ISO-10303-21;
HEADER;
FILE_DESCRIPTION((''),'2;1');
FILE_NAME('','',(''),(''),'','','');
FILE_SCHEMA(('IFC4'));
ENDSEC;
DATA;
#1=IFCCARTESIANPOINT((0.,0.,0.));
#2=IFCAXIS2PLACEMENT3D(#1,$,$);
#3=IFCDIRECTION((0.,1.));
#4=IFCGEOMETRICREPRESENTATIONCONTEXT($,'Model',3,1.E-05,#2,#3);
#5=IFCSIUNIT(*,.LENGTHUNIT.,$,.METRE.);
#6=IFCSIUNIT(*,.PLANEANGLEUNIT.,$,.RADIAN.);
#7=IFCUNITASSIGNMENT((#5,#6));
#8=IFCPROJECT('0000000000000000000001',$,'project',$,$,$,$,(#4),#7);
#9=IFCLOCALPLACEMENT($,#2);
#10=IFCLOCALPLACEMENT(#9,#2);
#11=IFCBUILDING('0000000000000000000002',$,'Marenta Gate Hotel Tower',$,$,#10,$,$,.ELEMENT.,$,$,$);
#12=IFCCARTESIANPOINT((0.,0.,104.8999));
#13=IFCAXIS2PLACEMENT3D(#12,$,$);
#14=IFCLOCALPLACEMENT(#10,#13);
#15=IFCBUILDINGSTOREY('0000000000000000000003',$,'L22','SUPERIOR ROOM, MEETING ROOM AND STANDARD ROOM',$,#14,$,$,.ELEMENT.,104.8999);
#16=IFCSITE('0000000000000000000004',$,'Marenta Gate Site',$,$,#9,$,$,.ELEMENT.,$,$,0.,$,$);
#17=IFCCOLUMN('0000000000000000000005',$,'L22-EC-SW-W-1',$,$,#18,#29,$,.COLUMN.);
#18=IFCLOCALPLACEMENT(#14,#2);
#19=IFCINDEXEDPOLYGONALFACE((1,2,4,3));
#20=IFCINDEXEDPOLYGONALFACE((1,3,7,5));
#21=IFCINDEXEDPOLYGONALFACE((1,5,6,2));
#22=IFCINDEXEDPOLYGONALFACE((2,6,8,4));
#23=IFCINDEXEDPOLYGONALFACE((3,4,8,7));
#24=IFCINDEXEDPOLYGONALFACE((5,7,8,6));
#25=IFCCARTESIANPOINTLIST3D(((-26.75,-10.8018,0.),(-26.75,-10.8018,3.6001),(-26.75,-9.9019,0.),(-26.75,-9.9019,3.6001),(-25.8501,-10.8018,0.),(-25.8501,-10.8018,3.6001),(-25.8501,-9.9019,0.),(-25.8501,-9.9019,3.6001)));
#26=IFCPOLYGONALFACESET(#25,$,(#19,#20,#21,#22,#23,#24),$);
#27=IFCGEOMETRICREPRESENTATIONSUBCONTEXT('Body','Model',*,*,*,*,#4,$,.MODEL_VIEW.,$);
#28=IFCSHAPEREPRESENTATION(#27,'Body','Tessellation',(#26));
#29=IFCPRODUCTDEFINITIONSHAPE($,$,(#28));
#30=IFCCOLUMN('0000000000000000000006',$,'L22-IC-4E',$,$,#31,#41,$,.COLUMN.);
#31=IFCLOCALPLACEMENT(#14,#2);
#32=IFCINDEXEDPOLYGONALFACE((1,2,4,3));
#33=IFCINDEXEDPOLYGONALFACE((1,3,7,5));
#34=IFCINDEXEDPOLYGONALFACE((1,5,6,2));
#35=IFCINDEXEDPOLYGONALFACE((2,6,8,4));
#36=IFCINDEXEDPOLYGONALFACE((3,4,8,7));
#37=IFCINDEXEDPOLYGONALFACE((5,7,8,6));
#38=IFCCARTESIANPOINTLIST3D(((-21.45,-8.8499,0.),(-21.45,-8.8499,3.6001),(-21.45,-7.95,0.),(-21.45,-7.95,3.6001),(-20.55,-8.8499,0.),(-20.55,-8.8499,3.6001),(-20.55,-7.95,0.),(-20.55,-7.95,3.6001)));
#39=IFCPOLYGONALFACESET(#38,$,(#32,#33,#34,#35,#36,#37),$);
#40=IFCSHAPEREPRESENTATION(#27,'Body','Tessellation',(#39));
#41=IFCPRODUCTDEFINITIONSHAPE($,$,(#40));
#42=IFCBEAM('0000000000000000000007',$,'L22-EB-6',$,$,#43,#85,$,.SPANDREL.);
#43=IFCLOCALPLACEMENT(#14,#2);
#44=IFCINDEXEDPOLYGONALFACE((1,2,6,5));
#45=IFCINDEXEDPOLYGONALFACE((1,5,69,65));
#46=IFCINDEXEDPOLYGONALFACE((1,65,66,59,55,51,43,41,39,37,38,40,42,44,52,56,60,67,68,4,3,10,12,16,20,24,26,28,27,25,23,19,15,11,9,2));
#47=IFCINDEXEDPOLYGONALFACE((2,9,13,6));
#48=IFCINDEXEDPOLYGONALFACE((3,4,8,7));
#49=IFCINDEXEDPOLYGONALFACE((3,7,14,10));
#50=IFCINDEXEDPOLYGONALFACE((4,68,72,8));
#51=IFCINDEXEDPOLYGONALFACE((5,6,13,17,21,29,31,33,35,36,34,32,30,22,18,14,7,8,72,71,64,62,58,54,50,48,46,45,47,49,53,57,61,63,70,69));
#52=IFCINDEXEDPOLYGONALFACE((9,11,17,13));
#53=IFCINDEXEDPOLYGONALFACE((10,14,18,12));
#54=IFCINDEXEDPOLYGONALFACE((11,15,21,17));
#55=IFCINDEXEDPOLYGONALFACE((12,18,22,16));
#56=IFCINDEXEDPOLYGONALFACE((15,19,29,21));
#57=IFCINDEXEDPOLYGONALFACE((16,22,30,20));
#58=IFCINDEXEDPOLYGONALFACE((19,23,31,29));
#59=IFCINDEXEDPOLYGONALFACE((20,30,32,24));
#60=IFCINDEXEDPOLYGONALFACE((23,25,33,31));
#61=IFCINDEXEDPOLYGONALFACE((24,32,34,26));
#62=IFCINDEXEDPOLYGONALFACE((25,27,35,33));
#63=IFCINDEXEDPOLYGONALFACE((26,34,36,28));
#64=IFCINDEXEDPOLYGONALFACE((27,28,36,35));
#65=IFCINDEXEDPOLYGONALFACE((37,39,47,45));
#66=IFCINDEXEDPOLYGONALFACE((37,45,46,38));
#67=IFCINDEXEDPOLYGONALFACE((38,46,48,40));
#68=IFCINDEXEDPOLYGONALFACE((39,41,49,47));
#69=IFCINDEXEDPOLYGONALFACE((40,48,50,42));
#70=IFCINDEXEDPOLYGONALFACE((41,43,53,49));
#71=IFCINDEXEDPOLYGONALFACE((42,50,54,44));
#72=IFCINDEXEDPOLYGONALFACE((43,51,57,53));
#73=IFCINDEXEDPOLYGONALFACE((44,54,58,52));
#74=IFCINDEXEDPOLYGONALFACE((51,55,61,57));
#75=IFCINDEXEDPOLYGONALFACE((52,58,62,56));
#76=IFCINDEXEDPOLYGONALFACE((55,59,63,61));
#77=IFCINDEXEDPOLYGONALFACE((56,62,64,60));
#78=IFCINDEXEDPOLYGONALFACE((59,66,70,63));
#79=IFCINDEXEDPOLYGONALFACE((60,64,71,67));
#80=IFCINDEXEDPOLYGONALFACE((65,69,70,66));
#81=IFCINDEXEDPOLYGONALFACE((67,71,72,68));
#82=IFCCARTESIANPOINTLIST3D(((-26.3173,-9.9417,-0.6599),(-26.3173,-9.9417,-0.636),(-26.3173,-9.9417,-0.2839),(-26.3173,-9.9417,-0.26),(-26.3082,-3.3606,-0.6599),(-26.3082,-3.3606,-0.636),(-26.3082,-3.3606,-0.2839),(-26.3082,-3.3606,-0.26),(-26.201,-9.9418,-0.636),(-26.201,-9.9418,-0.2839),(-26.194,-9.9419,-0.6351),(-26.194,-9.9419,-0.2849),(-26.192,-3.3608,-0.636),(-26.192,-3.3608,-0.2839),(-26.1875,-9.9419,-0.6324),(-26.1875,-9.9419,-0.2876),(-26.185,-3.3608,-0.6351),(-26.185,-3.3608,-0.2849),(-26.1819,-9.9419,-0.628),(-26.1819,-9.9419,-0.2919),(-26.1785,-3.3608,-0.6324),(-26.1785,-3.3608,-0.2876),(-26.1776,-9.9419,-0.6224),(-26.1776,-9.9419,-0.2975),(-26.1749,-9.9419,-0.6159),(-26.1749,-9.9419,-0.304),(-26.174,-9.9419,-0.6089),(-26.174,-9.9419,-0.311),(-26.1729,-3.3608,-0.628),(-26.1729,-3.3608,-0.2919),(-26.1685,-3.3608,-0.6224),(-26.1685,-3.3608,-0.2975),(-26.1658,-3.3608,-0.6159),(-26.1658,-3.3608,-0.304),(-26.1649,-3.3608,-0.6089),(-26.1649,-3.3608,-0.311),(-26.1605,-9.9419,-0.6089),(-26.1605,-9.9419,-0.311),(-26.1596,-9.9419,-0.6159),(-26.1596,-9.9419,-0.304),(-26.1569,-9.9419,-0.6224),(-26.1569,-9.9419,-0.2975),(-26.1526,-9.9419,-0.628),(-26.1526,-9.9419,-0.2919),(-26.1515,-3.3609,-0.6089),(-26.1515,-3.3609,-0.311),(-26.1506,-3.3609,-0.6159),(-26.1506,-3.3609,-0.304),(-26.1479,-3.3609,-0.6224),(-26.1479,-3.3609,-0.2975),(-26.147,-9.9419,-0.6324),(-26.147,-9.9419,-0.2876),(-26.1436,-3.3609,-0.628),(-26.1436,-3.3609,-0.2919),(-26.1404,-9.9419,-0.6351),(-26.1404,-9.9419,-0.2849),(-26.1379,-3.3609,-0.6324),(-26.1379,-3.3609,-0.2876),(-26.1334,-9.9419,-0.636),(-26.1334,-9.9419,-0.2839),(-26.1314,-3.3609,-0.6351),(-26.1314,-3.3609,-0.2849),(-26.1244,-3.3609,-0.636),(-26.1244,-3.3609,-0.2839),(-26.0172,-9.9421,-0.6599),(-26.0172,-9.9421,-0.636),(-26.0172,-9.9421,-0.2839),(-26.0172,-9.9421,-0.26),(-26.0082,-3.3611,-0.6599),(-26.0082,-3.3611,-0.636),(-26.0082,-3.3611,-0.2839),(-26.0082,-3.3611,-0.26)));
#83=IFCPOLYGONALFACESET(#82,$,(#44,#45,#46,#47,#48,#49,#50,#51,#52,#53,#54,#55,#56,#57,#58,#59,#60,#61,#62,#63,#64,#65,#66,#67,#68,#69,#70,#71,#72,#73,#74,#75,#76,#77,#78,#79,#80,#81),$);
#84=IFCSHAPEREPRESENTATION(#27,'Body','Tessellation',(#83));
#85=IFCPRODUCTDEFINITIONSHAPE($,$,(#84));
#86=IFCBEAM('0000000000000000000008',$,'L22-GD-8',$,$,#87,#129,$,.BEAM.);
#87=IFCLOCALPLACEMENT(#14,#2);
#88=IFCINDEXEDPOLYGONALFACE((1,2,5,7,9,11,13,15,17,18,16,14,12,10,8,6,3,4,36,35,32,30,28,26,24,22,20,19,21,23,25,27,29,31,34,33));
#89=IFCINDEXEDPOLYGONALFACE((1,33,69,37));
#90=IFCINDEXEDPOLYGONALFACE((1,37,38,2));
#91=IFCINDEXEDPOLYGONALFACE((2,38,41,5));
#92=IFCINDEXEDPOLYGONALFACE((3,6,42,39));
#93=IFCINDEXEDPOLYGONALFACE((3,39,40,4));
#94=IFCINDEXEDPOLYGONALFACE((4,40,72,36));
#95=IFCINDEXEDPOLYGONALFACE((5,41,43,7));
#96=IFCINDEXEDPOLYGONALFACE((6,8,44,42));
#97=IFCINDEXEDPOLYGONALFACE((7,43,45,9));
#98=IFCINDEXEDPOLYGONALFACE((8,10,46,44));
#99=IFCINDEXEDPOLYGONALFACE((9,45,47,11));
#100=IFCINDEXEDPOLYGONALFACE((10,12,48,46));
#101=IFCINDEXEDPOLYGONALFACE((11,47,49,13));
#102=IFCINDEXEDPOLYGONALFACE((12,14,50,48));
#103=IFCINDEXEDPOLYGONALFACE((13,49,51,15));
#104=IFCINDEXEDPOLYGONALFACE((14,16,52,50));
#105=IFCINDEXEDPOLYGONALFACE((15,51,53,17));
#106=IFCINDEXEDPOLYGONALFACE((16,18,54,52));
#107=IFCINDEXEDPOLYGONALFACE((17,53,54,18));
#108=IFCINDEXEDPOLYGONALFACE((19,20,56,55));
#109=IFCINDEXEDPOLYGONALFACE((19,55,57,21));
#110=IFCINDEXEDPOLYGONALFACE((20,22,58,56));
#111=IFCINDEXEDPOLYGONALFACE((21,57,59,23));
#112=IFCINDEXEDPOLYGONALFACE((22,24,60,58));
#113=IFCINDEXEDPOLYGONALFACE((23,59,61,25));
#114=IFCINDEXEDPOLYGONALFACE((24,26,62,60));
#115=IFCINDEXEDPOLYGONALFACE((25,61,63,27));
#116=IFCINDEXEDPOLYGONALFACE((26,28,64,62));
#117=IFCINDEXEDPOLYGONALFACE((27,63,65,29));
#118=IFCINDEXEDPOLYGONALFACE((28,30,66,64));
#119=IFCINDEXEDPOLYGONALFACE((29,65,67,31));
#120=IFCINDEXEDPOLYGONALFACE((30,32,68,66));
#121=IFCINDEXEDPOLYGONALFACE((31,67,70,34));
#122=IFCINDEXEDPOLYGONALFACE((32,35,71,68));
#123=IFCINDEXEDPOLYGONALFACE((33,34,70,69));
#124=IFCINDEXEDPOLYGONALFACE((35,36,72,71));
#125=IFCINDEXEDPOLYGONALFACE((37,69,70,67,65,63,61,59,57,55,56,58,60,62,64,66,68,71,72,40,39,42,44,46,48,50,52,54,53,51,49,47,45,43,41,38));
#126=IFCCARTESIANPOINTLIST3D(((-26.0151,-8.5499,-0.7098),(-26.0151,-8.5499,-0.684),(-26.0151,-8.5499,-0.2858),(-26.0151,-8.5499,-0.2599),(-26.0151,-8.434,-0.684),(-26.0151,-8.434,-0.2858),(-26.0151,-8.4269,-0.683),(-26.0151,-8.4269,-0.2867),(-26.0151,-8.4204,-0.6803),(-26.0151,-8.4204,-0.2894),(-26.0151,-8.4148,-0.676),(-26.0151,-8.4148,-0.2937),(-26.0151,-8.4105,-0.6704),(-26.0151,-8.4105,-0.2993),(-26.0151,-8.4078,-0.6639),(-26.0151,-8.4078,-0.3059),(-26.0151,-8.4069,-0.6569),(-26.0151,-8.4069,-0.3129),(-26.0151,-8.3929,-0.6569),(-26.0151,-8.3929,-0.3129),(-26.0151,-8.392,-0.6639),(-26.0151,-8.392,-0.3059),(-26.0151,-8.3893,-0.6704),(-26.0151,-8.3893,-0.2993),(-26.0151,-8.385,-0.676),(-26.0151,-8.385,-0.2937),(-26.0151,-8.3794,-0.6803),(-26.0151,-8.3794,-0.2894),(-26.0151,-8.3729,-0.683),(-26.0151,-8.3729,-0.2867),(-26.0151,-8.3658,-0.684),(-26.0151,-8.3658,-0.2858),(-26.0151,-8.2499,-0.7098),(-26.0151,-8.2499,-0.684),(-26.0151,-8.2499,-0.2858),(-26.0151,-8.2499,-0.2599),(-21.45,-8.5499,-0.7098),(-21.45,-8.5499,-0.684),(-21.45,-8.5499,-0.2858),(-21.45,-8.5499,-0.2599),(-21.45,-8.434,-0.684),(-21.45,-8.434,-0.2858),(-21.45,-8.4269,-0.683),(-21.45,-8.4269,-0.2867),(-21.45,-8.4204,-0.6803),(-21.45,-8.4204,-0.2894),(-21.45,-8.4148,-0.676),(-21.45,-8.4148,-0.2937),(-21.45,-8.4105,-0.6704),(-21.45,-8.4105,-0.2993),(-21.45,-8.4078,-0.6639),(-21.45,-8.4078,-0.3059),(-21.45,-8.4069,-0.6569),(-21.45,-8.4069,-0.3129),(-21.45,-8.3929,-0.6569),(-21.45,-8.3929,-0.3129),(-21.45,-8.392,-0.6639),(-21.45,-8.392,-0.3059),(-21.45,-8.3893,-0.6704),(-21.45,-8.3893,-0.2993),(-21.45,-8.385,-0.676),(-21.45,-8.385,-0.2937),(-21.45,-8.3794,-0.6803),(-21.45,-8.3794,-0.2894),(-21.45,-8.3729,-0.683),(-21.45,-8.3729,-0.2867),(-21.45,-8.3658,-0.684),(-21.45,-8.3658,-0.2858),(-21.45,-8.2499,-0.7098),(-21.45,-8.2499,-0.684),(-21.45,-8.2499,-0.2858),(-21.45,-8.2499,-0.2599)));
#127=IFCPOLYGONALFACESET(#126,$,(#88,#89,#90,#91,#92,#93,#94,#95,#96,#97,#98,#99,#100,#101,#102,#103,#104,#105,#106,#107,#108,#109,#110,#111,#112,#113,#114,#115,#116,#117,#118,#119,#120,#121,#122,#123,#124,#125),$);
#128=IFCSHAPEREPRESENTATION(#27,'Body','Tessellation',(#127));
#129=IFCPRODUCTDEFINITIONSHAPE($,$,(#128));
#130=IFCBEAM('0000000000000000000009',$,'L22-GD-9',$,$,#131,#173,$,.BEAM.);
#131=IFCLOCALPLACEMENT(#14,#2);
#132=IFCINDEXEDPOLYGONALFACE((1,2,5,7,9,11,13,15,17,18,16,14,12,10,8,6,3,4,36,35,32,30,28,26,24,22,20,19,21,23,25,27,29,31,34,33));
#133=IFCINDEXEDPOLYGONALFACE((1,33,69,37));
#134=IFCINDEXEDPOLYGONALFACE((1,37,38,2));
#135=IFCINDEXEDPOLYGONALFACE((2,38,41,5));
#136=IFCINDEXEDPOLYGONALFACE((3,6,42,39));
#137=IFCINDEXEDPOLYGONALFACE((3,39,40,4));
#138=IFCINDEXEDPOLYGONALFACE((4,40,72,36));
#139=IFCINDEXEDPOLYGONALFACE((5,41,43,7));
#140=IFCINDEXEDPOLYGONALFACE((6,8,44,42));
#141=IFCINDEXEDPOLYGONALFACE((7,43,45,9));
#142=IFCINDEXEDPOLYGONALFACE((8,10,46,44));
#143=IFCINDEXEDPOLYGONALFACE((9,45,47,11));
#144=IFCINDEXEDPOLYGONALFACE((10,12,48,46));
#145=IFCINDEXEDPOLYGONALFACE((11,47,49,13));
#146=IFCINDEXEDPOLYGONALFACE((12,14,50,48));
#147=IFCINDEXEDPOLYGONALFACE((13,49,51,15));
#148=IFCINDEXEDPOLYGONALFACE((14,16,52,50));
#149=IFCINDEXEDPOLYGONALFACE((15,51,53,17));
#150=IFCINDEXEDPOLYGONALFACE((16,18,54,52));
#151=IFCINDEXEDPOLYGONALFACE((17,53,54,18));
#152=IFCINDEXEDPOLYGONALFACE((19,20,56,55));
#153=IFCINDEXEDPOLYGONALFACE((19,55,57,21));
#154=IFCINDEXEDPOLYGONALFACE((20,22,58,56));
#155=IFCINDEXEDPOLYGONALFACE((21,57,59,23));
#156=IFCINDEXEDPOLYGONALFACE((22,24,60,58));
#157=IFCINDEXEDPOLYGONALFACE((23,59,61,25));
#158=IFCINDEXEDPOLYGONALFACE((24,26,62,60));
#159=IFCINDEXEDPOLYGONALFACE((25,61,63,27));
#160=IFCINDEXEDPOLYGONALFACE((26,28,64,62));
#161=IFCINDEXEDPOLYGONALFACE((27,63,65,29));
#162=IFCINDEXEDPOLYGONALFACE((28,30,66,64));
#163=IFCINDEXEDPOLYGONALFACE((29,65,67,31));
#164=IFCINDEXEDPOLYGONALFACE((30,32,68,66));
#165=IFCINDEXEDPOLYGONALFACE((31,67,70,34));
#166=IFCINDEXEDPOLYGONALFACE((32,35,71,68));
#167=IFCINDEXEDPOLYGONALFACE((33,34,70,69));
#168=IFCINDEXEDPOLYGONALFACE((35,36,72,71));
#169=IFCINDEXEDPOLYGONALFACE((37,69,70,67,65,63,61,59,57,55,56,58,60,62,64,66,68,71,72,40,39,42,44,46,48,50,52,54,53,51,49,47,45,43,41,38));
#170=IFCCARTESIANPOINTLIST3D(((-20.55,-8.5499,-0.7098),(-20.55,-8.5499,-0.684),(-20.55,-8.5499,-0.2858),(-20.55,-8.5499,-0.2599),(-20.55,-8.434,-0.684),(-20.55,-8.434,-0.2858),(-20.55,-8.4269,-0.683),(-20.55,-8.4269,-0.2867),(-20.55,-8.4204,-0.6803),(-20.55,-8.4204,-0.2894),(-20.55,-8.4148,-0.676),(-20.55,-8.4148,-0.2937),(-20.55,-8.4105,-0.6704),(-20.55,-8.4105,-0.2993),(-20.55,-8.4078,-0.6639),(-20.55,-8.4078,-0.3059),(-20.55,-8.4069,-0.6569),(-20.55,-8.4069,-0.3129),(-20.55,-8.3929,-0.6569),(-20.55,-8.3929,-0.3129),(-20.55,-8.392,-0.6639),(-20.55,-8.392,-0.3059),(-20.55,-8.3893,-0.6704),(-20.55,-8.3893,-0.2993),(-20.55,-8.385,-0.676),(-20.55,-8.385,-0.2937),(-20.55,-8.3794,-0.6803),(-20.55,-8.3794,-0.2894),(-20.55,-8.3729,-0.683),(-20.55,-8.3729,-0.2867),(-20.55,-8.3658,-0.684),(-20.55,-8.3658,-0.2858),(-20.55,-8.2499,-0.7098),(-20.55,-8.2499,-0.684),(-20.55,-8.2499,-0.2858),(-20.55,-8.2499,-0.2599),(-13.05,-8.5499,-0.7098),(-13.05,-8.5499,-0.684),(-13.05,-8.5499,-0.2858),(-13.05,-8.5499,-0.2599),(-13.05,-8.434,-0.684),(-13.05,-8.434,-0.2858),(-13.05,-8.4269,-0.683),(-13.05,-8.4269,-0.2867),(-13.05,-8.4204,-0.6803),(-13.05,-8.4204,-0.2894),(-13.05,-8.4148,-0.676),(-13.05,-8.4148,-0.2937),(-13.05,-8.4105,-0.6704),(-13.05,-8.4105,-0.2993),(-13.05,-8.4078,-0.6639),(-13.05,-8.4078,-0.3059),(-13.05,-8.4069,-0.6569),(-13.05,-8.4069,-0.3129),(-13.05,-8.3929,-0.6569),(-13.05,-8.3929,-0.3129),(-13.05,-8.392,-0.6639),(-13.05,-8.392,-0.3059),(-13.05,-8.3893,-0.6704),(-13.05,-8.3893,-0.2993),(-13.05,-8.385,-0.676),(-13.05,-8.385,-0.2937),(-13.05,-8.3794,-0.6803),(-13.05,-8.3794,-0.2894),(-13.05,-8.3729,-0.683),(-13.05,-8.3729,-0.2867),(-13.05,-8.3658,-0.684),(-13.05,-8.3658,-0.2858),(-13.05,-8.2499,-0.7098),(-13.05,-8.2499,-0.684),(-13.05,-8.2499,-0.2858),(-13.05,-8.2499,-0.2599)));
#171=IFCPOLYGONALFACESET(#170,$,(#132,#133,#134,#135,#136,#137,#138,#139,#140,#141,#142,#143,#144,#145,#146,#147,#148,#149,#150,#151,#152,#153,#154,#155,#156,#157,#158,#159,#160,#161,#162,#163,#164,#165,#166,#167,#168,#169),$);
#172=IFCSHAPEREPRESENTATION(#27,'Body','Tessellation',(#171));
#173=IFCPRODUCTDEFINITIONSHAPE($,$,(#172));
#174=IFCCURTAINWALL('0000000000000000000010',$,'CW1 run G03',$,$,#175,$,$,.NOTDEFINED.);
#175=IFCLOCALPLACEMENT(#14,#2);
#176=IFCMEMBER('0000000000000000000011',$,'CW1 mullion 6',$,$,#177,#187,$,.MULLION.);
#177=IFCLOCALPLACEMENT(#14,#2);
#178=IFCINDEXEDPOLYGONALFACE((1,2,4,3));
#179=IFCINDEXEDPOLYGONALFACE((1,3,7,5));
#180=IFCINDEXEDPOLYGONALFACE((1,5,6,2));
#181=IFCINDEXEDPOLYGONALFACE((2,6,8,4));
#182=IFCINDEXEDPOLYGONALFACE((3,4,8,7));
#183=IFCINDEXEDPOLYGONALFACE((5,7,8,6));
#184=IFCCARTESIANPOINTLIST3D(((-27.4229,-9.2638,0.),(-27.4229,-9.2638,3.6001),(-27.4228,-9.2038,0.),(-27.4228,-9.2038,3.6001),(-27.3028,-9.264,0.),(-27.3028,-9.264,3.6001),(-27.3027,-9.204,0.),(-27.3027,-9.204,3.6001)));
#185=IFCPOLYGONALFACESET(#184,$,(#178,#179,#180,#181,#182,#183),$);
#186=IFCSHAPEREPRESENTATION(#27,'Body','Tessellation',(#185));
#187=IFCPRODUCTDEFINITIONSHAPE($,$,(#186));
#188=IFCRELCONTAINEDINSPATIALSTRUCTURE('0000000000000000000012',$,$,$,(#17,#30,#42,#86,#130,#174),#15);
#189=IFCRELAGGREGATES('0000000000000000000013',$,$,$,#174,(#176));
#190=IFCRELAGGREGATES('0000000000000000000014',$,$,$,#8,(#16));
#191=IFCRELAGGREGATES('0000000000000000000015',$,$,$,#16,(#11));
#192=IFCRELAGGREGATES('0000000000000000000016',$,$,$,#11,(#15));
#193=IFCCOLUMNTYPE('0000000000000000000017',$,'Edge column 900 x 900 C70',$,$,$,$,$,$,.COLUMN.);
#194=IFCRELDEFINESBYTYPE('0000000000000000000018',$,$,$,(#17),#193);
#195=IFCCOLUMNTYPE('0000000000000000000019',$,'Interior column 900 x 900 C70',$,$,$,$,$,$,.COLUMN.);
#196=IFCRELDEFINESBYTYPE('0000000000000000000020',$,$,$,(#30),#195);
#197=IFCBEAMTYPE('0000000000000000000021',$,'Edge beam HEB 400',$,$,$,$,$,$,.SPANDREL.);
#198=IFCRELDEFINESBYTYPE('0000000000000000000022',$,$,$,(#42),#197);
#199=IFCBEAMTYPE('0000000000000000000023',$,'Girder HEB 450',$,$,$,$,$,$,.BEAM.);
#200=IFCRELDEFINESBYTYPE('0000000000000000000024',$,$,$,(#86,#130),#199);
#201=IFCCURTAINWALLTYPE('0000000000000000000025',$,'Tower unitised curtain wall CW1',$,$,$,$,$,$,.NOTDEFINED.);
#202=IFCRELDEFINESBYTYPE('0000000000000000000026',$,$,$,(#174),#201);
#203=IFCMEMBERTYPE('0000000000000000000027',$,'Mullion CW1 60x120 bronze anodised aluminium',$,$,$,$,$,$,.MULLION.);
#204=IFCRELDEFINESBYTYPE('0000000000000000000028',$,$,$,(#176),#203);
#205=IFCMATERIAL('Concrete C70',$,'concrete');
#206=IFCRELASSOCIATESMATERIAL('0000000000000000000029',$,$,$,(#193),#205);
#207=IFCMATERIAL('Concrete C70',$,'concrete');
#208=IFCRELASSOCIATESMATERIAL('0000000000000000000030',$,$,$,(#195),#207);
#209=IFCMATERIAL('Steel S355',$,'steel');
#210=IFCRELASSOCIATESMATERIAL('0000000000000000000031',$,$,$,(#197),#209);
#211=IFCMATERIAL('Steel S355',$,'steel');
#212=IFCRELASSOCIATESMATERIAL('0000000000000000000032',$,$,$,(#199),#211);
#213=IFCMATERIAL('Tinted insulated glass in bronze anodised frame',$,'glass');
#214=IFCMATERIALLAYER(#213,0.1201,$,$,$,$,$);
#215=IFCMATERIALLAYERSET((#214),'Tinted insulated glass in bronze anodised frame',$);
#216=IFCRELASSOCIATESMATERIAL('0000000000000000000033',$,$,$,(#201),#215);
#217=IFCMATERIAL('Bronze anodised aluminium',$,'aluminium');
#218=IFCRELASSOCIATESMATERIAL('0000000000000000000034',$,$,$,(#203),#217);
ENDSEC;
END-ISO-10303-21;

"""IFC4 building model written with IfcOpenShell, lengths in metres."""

from ifc_helpers import new_model, si_unit, direction, frame, origin, origin_2d, place, context, subcontext, project, spatial, rectangle, i_section, extrude, material, layer, layer_set, material_profile, profile_set, type_object, element, aggregate, save


model = new_model("IFC4")

# Units and contexts
model_context = context("Model", 3, precision=1e-05, world=origin(), true_north=direction((0.0, 1.0)))
body_context = subcontext(model_context, "Body", "Model", "MODEL_VIEW")
ifc_project = project(units=[si_unit("LENGTHUNIT", "METRE"), si_unit("PLANEANGLEUNIT", "RADIAN")], contexts=[model_context])

# Site, building, storey
site_placement = place(None, origin())
site = spatial("IfcSite", under=ifc_project, at=site_placement, Name="Marenta Gate Site", CompositionType="ELEMENT", RefElevation=0.0)
building_placement = place(site_placement, origin())
building = spatial("IfcBuilding", under=site, at=building_placement, Name="Marenta Gate Hotel Tower", CompositionType="ELEMENT")
storey_placement = place(building_placement, frame((0.0, 0.0, 104.8999)))
storey = spatial("IfcBuildingStorey", under=building, at=storey_placement, Name="L22", Description="SUPERIOR ROOM, MEETING ROOM AND STANDARD ROOM", CompositionType="ELEMENT", Elevation=104.8999)

# Columns
ifc_material_1 = material(Name="Concrete C70", Category="concrete")
ifc_material_profile_1 = material_profile(ifc_material_1, rectangle(XDim=0.8999, YDim=0.8999, at=origin_2d()), Name="900 x 900")
ifc_profile_set_1 = profile_set([ifc_material_profile_1], Name="Concrete C70")
column_type_1 = type_object("IfcColumnType", Name="Edge column 900 x 900 C70", PredefinedType="COLUMN", material=ifc_profile_set_1)
column_1_placement = place(storey_placement, frame((-26.3, -10.3518, 0.0), z_axis=(0.0, 0.0, 1.0), x_axis=(1.0, 0.0, 0.0)))
element("IfcColumn", 1, at=column_1_placement, inside=storey, type_object=column_type_1, Name="L22-EC-SW-W-1", PredefinedType="COLUMN", context=body_context, shape_type="SweptSolid", body=[
    extrude(rectangle(XDim=0.8999, YDim=0.8999, at=origin_2d()), origin(), (0.0, 0.0, 1.0), 3.6001),
])
ifc_material_2 = material(Name="Concrete C70", Category="concrete")
ifc_material_profile_2 = material_profile(ifc_material_2, rectangle(XDim=0.8999, YDim=0.8999, at=origin_2d()), Name="900 x 900")
ifc_profile_set_2 = profile_set([ifc_material_profile_2], Name="Concrete C70")
column_type_2 = type_object("IfcColumnType", Name="Interior column 900 x 900 C70", PredefinedType="COLUMN", material=ifc_profile_set_2)
column_2_placement = place(storey_placement, frame((-21.0, -8.3999, 0.0), z_axis=(0.0, 0.0, 1.0), x_axis=(1.0, 0.0, 0.0)))
element("IfcColumn", 2, at=column_2_placement, inside=storey, type_object=column_type_2, Name="L22-IC-4E", PredefinedType="COLUMN", context=body_context, shape_type="SweptSolid", body=[
    extrude(rectangle(XDim=0.8999, YDim=0.8999, at=origin_2d()), origin(), (0.0, 0.0, 1.0), 3.6001),
])

# Beams
ifc_material_3 = material(Name="Steel S355", Category="steel")
ifc_material_profile_3 = material_profile(ifc_material_3, i_section(OverallWidth=0.3, OverallDepth=0.3999, WebThickness=0.0134, FlangeThickness=0.0239, FilletRadius=0.0271, at=origin_2d()), Name="HEB 400")
ifc_profile_set_3 = profile_set([ifc_material_profile_3], Name="Steel S355")
beam_type_1 = type_object("IfcBeamType", Name="Edge beam HEB 400", PredefinedType="SPANDREL", material=ifc_profile_set_3)
beam_1_placement = place(storey_placement, frame((-26.1672, -9.9419, -0.46), z_axis=(0.001373, 0.999999, 0.0), x_axis=(-0.999999, 0.001373, 0.0)))
element("IfcBeam", 3, at=beam_1_placement, inside=storey, type_object=beam_type_1, Name="L22-EB-6", PredefinedType="SPANDREL", context=body_context, shape_type="SweptSolid", body=[
    extrude(i_section(OverallWidth=0.3, OverallDepth=0.3999, WebThickness=0.0134, FlangeThickness=0.0239, FilletRadius=0.0271, at=origin_2d()), origin(), (0.0, 0.0, 1.0), 6.5811),
])
ifc_material_4 = material(Name="Steel S355", Category="steel")
ifc_material_profile_4 = material_profile(ifc_material_4, i_section(OverallWidth=0.3, OverallDepth=0.45, WebThickness=0.0139, FlangeThickness=0.0259, FilletRadius=0.0271, at=origin_2d()), Name="HEB 450")
ifc_profile_set_4 = profile_set([ifc_material_profile_4], Name="Steel S355")
beam_type_2 = type_object("IfcBeamType", Name="Girder HEB 450", PredefinedType="BEAM", material=ifc_profile_set_4)
beam_2_placement = place(storey_placement, frame((-26.0151, -8.3999, -0.4849), z_axis=(1.0, 0.0, 0.0), x_axis=(0.0, 1.0, 0.0)))
element("IfcBeam", 4, at=beam_2_placement, inside=storey, type_object=beam_type_2, Name="L22-GD-8", PredefinedType="BEAM", context=body_context, shape_type="SweptSolid", body=[
    extrude(i_section(OverallWidth=0.3, OverallDepth=0.45, WebThickness=0.0139, FlangeThickness=0.0259, FilletRadius=0.0271, at=origin_2d()), origin(), (0.0, 0.0, 1.0), 4.5652),
])
beam_3_placement = place(storey_placement, frame((-20.55, -8.3999, -0.4849), z_axis=(1.0, 0.0, 0.0), x_axis=(0.0, 1.0, 0.0)))
element("IfcBeam", 5, at=beam_3_placement, inside=storey, type_object=beam_type_2, Name="L22-GD-9", PredefinedType="BEAM", context=body_context, shape_type="SweptSolid", body=[
    extrude(i_section(OverallWidth=0.3, OverallDepth=0.45, WebThickness=0.0139, FlangeThickness=0.0259, FilletRadius=0.0271, at=origin_2d()), origin(), (0.0, 0.0, 1.0), 7.5),
])

# Curtain wall, member
ifc_material_5 = material(Name="Tinted insulated glass in bronze anodised frame", Category="glass")
ifc_layer_1 = layer(ifc_material_5, 0.1201)
ifc_layer_set_1 = layer_set([ifc_layer_1], Name="Tinted insulated glass in bronze anodised frame")
curtain_wall_type = type_object("IfcCurtainWallType", Name="Tower unitised curtain wall CW1", PredefinedType="NOTDEFINED", material=ifc_layer_set_1)
curtain_wall_placement = place(storey_placement, origin())
curtain_wall = element("IfcCurtainWall", 6, at=curtain_wall_placement, inside=storey, type_object=curtain_wall_type, Name="CW1 run G03", PredefinedType="NOTDEFINED")
ifc_material_6 = material(Name="Bronze anodised aluminium", Category="aluminium")
ifc_material_profile_5 = material_profile(ifc_material_6, rectangle(XDim=0.1201, YDim=0.0601, at=origin_2d()), Name="Mullion CW1 60x120 bronze anodised aluminium")
ifc_profile_set_5 = profile_set([ifc_material_profile_5], Name="Bronze anodised aluminium")
member_type_1 = type_object("IfcMemberType", Name="Mullion CW1 60x120 bronze anodised aluminium", PredefinedType="MULLION", material=ifc_profile_set_5)
member_1_placement = place(storey_placement, frame((-27.3628, -9.2339, 0.0), z_axis=(0.0, 0.0, 1.0), x_axis=(0.999999, -0.001566, 0.0)))
member_1 = element("IfcMember", 7, at=member_1_placement, type_object=member_type_1, Name="CW1 mullion 6", PredefinedType="MULLION", context=body_context, shape_type="SweptSolid", body=[
    extrude(rectangle(XDim=0.1201, YDim=0.0601, at=origin_2d()), origin(), (0.0, 0.0, 1.0), 3.6001),
])
aggregate(curtain_wall, [member_1])

save(model, "model.ifc")
